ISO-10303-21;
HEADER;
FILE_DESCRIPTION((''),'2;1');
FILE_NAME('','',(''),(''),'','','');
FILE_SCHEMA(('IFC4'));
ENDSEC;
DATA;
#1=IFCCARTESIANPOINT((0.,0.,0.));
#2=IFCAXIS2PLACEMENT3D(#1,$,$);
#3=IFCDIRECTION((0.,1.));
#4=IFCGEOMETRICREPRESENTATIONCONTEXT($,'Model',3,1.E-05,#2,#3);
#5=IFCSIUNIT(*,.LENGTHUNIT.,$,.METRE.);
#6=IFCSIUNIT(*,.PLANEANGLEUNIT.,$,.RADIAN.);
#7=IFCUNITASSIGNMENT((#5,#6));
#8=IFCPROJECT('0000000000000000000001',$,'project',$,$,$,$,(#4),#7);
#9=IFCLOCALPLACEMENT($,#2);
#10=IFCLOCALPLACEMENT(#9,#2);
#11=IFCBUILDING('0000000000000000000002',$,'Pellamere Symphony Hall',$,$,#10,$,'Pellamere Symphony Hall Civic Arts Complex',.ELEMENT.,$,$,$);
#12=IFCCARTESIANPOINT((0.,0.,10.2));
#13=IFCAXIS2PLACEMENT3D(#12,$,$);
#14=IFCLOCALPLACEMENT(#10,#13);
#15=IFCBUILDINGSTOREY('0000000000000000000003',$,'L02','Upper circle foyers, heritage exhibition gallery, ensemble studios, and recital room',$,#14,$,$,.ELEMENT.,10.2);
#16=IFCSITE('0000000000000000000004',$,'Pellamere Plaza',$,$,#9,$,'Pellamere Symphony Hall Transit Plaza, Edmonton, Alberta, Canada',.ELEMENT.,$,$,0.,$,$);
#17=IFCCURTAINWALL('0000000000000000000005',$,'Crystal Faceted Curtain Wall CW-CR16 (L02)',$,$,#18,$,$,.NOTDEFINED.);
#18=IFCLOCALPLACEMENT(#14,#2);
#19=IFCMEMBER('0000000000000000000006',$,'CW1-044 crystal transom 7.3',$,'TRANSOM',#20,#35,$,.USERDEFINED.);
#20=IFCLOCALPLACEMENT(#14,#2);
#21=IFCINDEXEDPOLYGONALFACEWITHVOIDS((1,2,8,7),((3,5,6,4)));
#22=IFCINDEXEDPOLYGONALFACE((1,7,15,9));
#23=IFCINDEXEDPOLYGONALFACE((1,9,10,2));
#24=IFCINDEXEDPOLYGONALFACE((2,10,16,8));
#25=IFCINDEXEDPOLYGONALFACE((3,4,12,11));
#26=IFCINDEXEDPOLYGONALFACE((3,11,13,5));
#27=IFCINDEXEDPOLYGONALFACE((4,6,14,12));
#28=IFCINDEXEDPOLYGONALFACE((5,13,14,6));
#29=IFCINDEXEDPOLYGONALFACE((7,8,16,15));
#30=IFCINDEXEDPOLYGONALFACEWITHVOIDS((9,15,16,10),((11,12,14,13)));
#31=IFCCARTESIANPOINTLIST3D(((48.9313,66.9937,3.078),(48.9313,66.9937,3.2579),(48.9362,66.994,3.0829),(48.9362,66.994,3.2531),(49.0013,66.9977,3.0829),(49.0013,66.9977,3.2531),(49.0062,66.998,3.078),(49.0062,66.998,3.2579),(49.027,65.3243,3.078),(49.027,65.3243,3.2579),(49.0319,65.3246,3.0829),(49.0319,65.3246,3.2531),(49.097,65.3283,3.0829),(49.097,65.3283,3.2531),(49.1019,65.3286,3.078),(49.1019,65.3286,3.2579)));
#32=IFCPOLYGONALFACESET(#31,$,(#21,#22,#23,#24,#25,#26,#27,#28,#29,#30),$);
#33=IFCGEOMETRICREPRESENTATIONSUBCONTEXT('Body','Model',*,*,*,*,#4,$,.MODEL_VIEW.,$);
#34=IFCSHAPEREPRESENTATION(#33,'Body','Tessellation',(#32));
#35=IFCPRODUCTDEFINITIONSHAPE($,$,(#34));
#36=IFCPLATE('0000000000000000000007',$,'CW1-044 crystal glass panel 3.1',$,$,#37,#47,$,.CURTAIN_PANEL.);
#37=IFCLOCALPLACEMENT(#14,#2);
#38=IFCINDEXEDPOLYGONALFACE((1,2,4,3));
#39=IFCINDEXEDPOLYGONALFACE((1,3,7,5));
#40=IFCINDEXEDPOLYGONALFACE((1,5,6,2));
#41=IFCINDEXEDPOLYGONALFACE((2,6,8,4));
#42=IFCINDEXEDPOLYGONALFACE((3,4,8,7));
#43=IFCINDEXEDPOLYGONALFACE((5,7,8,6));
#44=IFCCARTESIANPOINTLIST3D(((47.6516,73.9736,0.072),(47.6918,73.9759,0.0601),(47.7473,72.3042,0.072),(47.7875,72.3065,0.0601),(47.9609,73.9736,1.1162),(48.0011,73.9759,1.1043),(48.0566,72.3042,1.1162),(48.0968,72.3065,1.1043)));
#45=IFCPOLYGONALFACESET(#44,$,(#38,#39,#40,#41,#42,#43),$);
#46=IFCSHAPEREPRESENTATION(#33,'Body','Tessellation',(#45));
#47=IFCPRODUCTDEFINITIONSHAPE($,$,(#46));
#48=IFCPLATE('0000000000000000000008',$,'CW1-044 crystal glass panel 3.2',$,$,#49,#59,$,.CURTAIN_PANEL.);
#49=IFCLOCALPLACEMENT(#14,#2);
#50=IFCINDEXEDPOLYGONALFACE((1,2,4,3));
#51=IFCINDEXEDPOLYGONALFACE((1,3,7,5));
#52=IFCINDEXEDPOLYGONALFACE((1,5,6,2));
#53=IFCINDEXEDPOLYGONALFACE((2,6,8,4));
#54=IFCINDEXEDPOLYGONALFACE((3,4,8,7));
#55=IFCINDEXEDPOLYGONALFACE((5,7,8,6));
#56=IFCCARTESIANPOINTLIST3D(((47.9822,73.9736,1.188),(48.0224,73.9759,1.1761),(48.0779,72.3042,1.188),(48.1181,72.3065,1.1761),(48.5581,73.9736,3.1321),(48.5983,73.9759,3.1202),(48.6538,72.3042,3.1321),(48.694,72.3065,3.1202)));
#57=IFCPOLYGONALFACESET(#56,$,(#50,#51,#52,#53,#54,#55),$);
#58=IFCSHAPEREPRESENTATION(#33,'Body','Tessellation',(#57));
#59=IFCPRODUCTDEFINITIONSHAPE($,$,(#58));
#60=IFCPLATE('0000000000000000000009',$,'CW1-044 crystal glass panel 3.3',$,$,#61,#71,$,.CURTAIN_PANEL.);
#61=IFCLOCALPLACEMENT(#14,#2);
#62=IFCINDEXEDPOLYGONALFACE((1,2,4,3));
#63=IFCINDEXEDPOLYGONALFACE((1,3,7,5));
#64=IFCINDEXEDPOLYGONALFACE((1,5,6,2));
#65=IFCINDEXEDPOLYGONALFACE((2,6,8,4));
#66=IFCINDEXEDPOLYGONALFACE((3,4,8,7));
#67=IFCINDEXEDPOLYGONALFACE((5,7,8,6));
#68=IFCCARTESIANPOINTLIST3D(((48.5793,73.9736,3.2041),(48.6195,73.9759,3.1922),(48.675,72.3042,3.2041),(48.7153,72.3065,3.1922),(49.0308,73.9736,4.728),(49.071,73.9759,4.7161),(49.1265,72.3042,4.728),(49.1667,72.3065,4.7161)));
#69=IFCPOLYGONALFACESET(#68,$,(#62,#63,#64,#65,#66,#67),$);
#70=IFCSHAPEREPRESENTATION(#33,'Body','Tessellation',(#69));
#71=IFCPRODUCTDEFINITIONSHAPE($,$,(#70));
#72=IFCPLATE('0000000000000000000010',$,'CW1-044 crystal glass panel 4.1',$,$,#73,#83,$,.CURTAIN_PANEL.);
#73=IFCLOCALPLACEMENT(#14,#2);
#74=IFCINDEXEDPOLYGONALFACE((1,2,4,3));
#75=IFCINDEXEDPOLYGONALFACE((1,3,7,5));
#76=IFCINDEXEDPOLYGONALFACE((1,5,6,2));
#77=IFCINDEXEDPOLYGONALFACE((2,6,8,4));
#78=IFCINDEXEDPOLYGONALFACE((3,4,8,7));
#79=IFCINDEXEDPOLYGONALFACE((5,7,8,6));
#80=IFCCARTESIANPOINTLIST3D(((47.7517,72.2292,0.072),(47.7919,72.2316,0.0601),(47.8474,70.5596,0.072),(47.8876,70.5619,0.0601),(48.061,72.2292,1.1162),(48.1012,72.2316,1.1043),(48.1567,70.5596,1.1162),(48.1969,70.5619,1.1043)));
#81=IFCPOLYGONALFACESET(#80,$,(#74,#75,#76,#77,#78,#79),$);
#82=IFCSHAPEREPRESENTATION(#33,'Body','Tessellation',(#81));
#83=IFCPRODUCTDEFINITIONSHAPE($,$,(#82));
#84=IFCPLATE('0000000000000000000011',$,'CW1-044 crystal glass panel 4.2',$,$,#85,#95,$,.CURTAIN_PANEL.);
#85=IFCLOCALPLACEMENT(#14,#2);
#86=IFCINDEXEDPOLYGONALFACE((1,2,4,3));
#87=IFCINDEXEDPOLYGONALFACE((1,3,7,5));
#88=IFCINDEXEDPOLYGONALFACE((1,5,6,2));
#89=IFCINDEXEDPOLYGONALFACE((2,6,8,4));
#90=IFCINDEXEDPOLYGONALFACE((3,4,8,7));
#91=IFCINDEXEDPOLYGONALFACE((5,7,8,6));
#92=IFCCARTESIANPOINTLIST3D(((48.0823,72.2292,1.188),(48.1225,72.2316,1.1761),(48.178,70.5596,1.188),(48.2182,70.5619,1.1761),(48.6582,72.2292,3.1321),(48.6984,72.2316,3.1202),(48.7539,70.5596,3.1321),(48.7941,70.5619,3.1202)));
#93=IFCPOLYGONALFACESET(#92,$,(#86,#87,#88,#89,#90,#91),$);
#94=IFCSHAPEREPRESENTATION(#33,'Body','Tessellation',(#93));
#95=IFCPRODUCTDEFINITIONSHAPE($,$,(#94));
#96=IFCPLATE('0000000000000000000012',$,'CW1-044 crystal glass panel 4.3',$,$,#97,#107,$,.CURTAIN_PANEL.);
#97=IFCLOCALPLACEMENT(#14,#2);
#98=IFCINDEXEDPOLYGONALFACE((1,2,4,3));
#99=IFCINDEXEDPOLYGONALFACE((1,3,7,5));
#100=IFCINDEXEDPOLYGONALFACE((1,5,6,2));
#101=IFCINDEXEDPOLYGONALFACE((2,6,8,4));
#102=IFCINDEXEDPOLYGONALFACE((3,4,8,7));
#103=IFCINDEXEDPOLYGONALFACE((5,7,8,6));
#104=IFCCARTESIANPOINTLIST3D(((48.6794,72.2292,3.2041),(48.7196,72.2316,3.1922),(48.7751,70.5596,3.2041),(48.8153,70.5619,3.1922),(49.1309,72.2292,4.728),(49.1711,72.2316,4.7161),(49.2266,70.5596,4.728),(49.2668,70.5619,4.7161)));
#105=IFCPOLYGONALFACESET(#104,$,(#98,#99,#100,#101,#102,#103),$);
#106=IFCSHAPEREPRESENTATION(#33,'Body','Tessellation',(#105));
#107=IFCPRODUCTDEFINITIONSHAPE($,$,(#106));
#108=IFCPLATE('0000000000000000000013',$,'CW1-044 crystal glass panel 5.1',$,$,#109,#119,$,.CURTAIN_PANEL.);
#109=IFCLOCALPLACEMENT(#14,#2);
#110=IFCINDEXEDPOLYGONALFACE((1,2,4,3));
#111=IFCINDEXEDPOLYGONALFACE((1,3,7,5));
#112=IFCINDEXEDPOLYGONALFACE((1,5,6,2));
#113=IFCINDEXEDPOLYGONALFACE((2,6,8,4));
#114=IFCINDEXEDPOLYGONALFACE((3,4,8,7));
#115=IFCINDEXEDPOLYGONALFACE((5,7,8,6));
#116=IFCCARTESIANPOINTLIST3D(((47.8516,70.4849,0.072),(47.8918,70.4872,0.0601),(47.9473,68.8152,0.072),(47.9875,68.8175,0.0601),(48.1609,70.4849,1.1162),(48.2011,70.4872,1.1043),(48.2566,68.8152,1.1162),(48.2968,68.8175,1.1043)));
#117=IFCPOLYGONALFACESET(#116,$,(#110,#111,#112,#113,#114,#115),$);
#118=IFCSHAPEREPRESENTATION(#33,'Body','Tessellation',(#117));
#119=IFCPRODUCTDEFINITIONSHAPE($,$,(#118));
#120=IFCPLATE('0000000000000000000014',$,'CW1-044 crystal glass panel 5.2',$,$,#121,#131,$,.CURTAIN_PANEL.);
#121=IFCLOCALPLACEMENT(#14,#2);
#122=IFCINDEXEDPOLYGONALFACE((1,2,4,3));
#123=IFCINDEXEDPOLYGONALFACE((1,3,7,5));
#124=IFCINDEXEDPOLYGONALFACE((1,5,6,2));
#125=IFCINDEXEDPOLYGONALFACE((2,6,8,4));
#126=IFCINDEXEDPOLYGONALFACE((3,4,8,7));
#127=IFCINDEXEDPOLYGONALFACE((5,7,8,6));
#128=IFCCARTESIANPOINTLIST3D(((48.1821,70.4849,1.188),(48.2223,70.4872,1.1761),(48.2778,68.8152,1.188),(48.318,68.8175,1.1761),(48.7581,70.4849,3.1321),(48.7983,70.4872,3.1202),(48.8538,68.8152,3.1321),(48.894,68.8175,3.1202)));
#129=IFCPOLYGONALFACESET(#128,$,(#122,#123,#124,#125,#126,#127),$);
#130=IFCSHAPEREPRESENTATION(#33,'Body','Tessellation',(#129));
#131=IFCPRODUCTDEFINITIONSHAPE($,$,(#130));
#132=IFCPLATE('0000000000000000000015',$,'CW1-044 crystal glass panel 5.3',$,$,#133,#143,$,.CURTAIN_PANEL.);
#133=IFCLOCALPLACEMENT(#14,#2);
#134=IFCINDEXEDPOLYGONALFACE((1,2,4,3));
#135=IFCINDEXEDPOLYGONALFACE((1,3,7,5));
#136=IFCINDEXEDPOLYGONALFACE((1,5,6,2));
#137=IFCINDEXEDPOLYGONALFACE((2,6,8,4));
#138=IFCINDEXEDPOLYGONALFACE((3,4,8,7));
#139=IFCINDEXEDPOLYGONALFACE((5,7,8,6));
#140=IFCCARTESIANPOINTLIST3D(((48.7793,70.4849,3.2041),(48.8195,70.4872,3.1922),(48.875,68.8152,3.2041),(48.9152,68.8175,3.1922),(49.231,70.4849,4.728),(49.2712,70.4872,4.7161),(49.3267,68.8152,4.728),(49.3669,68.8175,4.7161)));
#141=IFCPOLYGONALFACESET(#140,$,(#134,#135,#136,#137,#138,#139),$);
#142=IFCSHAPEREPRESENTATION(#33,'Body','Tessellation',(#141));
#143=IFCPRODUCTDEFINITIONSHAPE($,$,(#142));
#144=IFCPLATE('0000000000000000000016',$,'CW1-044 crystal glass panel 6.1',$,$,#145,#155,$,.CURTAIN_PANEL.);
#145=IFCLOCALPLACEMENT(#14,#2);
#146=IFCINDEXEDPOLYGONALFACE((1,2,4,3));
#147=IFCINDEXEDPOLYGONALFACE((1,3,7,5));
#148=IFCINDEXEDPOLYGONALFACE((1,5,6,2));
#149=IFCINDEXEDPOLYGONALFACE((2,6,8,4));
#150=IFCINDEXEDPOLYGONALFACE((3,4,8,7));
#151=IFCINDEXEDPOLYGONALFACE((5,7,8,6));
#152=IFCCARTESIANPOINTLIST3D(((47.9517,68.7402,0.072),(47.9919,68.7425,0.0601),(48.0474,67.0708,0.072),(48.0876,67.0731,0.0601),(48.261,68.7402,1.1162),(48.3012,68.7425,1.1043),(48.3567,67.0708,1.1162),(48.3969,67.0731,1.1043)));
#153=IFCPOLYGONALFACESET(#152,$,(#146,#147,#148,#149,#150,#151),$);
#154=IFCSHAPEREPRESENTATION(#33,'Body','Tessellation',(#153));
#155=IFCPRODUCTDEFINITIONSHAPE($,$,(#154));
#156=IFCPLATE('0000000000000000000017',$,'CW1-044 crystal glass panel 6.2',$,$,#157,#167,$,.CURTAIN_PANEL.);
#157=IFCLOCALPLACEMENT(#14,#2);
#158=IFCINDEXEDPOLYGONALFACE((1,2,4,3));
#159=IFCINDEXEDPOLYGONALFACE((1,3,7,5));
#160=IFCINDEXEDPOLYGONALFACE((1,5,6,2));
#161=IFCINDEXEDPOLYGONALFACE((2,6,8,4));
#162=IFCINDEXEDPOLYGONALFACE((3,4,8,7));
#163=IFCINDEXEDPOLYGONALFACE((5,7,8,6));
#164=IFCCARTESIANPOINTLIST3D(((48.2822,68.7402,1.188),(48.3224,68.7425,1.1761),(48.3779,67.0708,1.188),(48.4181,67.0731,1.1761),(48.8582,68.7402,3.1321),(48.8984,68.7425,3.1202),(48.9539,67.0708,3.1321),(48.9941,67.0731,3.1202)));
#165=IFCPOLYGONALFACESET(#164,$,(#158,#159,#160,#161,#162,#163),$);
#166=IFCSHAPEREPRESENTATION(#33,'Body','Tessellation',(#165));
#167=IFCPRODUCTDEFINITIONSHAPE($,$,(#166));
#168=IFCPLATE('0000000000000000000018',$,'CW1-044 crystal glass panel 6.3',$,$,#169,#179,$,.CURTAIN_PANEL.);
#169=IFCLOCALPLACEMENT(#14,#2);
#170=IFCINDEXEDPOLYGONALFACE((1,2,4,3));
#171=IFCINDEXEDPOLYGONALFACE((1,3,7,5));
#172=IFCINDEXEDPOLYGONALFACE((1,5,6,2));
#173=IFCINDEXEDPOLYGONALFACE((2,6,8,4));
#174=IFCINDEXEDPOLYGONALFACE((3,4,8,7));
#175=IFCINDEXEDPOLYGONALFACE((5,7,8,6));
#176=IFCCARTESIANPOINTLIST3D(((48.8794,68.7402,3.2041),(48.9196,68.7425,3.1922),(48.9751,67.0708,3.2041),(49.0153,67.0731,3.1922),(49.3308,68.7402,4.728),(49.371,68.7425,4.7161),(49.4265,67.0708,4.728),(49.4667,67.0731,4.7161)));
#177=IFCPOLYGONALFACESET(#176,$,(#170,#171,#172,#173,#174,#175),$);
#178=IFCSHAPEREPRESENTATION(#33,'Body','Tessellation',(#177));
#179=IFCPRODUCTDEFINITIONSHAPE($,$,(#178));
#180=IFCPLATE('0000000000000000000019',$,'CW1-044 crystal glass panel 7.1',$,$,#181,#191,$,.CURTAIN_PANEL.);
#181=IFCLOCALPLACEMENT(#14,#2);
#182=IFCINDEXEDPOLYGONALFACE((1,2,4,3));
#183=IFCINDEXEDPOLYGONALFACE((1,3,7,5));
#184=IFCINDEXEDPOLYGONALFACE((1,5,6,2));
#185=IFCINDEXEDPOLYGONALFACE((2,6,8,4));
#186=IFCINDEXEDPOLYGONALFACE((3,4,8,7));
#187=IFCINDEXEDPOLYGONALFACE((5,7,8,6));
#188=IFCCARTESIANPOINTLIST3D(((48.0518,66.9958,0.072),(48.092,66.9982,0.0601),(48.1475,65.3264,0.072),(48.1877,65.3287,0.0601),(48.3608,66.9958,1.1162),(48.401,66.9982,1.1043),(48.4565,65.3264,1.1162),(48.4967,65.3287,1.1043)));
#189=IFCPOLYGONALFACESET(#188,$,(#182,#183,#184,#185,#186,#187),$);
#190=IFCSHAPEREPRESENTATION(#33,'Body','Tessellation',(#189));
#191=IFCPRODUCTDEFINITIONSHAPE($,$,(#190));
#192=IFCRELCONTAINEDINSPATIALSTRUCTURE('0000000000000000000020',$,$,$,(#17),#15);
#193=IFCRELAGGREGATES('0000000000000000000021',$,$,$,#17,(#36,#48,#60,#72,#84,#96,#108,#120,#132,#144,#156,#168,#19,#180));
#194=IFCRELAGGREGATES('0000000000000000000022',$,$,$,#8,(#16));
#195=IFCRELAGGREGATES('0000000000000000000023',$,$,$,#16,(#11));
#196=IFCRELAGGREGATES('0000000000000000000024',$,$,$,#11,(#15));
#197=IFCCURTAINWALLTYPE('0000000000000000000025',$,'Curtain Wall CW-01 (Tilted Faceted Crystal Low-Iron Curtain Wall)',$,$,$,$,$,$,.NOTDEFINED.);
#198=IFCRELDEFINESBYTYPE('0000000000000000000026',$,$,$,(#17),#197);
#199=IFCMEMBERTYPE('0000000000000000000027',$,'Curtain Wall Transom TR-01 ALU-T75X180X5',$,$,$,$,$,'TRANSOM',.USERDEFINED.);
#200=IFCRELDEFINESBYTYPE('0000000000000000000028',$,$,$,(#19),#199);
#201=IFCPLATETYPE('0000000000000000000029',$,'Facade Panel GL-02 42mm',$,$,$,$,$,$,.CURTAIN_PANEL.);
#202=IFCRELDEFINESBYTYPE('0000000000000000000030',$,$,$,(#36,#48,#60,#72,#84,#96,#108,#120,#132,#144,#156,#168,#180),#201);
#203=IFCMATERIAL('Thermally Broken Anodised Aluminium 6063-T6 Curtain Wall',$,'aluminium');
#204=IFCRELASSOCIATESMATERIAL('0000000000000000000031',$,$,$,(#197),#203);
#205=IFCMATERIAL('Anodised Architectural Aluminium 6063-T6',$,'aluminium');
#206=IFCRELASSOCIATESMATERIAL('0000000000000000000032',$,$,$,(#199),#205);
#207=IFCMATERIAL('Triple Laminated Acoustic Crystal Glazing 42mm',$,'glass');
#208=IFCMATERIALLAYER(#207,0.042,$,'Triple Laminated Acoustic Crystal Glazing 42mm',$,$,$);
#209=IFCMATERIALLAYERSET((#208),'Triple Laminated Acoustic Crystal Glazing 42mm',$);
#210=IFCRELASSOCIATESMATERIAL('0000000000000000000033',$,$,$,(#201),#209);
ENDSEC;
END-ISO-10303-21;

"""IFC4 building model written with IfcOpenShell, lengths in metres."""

from ifc_helpers import new_model, si_unit, direction, frame, origin, origin_2d, place, context, subcontext, project, spatial, polyline, hollow_rectangle, outline, extrude, material, layer, layer_set, material_profile, profile_set, type_object, element, aggregate, save


model = new_model("IFC4")

# Units and contexts
model_context = context("Model", 3, precision=1e-05, world=origin(), true_north=direction((0.0, 1.0)))
body_context = subcontext(model_context, "Body", "Model", "MODEL_VIEW")
ifc_project = project(units=[si_unit("LENGTHUNIT", "METRE"), si_unit("PLANEANGLEUNIT", "RADIAN")], contexts=[model_context])

# Site, building, storey
site_placement = place(None, origin())
site = spatial("IfcSite", under=ifc_project, at=site_placement, Name="Pellamere Plaza", LongName="Pellamere Symphony Hall Transit Plaza, Edmonton, Alberta, Canada", CompositionType="ELEMENT", RefElevation=0.0)
building_placement = place(site_placement, origin())
building = spatial("IfcBuilding", under=site, at=building_placement, Name="Pellamere Symphony Hall", LongName="Pellamere Symphony Hall Civic Arts Complex", CompositionType="ELEMENT")
storey_placement = place(building_placement, frame((0.0, 0.0, 10.2)))
storey = spatial("IfcBuildingStorey", under=building, at=storey_placement, Name="L02", Description="Upper circle foyers, heritage exhibition gallery, ensemble studios, and recital room", CompositionType="ELEMENT", Elevation=10.2)

# Curtain wall, member, plates
ifc_material_1 = material(Name="Thermally Broken Anodised Aluminium 6063-T6 Curtain Wall", Category="aluminium")
curtain_wall_type = type_object("IfcCurtainWallType", Name="Curtain Wall CW-01 (Tilted Faceted Crystal Low-Iron Curtain Wall)", PredefinedType="NOTDEFINED", material=ifc_material_1)
curtain_wall_placement = place(storey_placement, origin())
curtain_wall = element("IfcCurtainWall", 1, at=curtain_wall_placement, inside=storey, type_object=curtain_wall_type, Name="Crystal Faceted Curtain Wall CW-CR16 (L02)", PredefinedType="NOTDEFINED")
ifc_material_2 = material(Name="Anodised Architectural Aluminium 6063-T6", Category="aluminium")
ifc_material_profile_1 = material_profile(ifc_material_2, hollow_rectangle(XDim=0.075, YDim=0.1799, WallThickness=0.0049, at=origin_2d()), Name="ALU-T75X180X5")
ifc_profile_set_1 = profile_set([ifc_material_profile_1], Name="Anodised Architectural Aluminium 6063-T6")
member_type_1 = type_object("IfcMemberType", Name="Curtain Wall Transom TR-01 ALU-T75X180X5", ElementType="TRANSOM", PredefinedType="USERDEFINED", material=ifc_profile_set_1)
member_1_placement = place(storey_placement, frame((48.9688, 66.9958, 3.168), z_axis=(0.057233, -0.998361, 0.0), x_axis=(0.998361, 0.057233, 0.0)))
member_1 = element("IfcMember", 2, at=member_1_placement, type_object=member_type_1, Name="CW1-044 crystal transom 7.3", ObjectType="TRANSOM", PredefinedType="USERDEFINED", context=body_context, shape_type="SweptSolid", body=[
    extrude(hollow_rectangle(XDim=0.075, YDim=0.1799, WallThickness=0.0049, at=origin_2d()), origin(), (0.0, 0.0, 1.0), 1.6721),
])
ifc_material_3 = material(Name="Triple Laminated Acoustic Crystal Glazing 42mm", Category="glass")
ifc_layer = layer(ifc_material_3, 0.042, Name="Triple Laminated Acoustic Crystal Glazing 42mm")
ifc_layer_set = layer_set([ifc_layer], Name="Triple Laminated Acoustic Crystal Glazing 42mm")
plate_type = type_object("IfcPlateType", Name="Facade Panel GL-02 42mm", PredefinedType="CURTAIN_PANEL", material=ifc_layer_set)
plate_1_placement = place(storey_placement, frame((47.6516, 73.9736, 0.072), z_axis=(-0.957369, -0.054883, 0.283607), x_axis=(0.057233, -0.998361, 0.0)))
plate_1 = element("IfcPlate", 3, at=plate_1_placement, type_object=plate_type, Name="CW1-044 crystal glass panel 3.1", PredefinedType="CURTAIN_PANEL", context=body_context, shape_type="SweptSolid", body=[
    extrude(outline(polyline([(0.0, 0.0), (1.6722, 0.0), (1.6899, 1.0889), (0.0177, 1.0889), (0.0, 0.0)])), origin(), (0.0, 0.0, -1.0), 0.042),
])
plate_2_placement = place(storey_placement, frame((47.9822, 73.9736, 1.188), z_axis=(-0.957366, -0.054883, 0.283615), x_axis=(0.057233, -0.998361, 0.0)))
plate_2 = element("IfcPlate", 4, at=plate_2_placement, type_object=plate_type, Name="CW1-044 crystal glass panel 3.2", PredefinedType="CURTAIN_PANEL", context=body_context, shape_type="SweptSolid", body=[
    extrude(outline(polyline([(0.0, 0.0), (1.6722, 0.0), (1.7051, 2.0273), (0.033, 2.0273), (0.0, 0.0)])), origin(), (0.0, 0.0, -1.0), 0.042),
])
plate_3_placement = place(storey_placement, frame((48.5793, 73.9736, 3.2041), z_axis=(-0.957373, -0.054883, 0.283592), x_axis=(0.057233, -0.998361, 0.0)))
plate_3 = element("IfcPlate", 5, at=plate_3_placement, type_object=plate_type, Name="CW1-044 crystal glass panel 3.3", PredefinedType="CURTAIN_PANEL", context=body_context, shape_type="SweptSolid", body=[
    extrude(outline(polyline([(0.0, 0.0), (1.6722, 0.0), (1.698, 1.5892), (0.0258, 1.5892), (0.0, 0.0)])), origin(), (0.0, 0.0, -1.0), 0.042),
])
plate_4_placement = place(storey_placement, frame((47.7517, 72.2292, 0.072), z_axis=(-0.957369, -0.054875, 0.283607), x_axis=(0.057224, -0.998361, 0.0)))
plate_4 = element("IfcPlate", 6, at=plate_4_placement, type_object=plate_type, Name="CW1-044 crystal glass panel 4.1", PredefinedType="CURTAIN_PANEL", context=body_context, shape_type="SweptSolid", body=[
    extrude(outline(polyline([(0.0, 0.0), (1.6724, 0.0), (1.6901, 1.0889), (0.0177, 1.0889), (0.0, 0.0)])), origin(), (0.0, 0.0, -1.0), 0.042),
])
plate_5_placement = place(storey_placement, frame((48.0823, 72.2292, 1.188), z_axis=(-0.957367, -0.054875, 0.283615), x_axis=(0.057224, -0.998361, 0.0)))
plate_5 = element("IfcPlate", 7, at=plate_5_placement, type_object=plate_type, Name="CW1-044 crystal glass panel 4.2", PredefinedType="CURTAIN_PANEL", context=body_context, shape_type="SweptSolid", body=[
    extrude(outline(polyline([(0.0, 0.0), (1.6724, 0.0), (1.7054, 2.0273), (0.033, 2.0273), (0.0, 0.0)])), origin(), (0.0, 0.0, -1.0), 0.042),
])
plate_6_placement = place(storey_placement, frame((48.6794, 72.2292, 3.2041), z_axis=(-0.957374, -0.054875, 0.283592), x_axis=(0.057224, -0.998361, 0.0)))
plate_6 = element("IfcPlate", 8, at=plate_6_placement, type_object=plate_type, Name="CW1-044 crystal glass panel 4.3", PredefinedType="CURTAIN_PANEL", context=body_context, shape_type="SweptSolid", body=[
    extrude(outline(polyline([(0.0, 0.0), (1.6724, 0.0), (1.6983, 1.5892), (0.0258, 1.5892), (0.0, 0.0)])), origin(), (0.0, 0.0, -1.0), 0.042),
])
plate_7_placement = place(storey_placement, frame((47.8516, 70.4849, 0.072), z_axis=(-0.957369, -0.054875, 0.283607), x_axis=(0.057224, -0.998361, 0.0)))
plate_7 = element("IfcPlate", 9, at=plate_7_placement, type_object=plate_type, Name="CW1-044 crystal glass panel 5.1", PredefinedType="CURTAIN_PANEL", context=body_context, shape_type="SweptSolid", body=[
    extrude(outline(polyline([(0.0, 0.0), (1.6724, 0.0), (1.6901, 1.0889), (0.0177, 1.0889), (0.0, 0.0)])), origin(), (0.0, 0.0, -1.0), 0.042),
])
plate_8_placement = place(storey_placement, frame((48.1821, 70.4849, 1.188), z_axis=(-0.957367, -0.054875, 0.283615), x_axis=(0.057224, -0.998361, 0.0)))
plate_8 = element("IfcPlate", 10, at=plate_8_placement, type_object=plate_type, Name="CW1-044 crystal glass panel 5.2", PredefinedType="CURTAIN_PANEL", context=body_context, shape_type="SweptSolid", body=[
    extrude(outline(polyline([(0.0, 0.0), (1.6724, 0.0), (1.7054, 2.0273), (0.033, 2.0273), (0.0, 0.0)])), origin(), (0.0, 0.0, -1.0), 0.042),
])
plate_9_placement = place(storey_placement, frame((48.7793, 70.4849, 3.2041), z_axis=(-0.957332, -0.054873, 0.283733), x_axis=(0.057224, -0.998361, 0.0)))
plate_9 = element("IfcPlate", 11, at=plate_9_placement, type_object=plate_type, Name="CW1-044 crystal glass panel 5.3", PredefinedType="CURTAIN_PANEL", context=body_context, shape_type="SweptSolid", body=[
    extrude(outline(polyline([(0.0, 0.0), (1.6724, 0.0), (1.6983, 1.5892), (0.0258, 1.5892), (0.0, 0.0)])), origin(), (0.0, 0.0, -1.0), 0.042),
])
plate_10_placement = place(storey_placement, frame((47.9517, 68.7402, 0.072), z_axis=(-0.957369, -0.054883, 0.283607), x_axis=(0.057233, -0.998361, 0.0)))
plate_10 = element("IfcPlate", 12, at=plate_10_placement, type_object=plate_type, Name="CW1-044 crystal glass panel 6.1", PredefinedType="CURTAIN_PANEL", context=body_context, shape_type="SweptSolid", body=[
    extrude(outline(polyline([(0.0, 0.0), (1.6722, 0.0), (1.6899, 1.0889), (0.0177, 1.0889), (0.0, 0.0)])), origin(), (0.0, 0.0, -1.0), 0.042),
])
plate_11_placement = place(storey_placement, frame((48.2822, 68.7402, 1.188), z_axis=(-0.957366, -0.054883, 0.283615), x_axis=(0.057233, -0.998361, 0.0)))
plate_11 = element("IfcPlate", 13, at=plate_11_placement, type_object=plate_type, Name="CW1-044 crystal glass panel 6.2", PredefinedType="CURTAIN_PANEL", context=body_context, shape_type="SweptSolid", body=[
    extrude(outline(polyline([(0.0, 0.0), (1.6722, 0.0), (1.7051, 2.0273), (0.033, 2.0273), (0.0, 0.0)])), origin(), (0.0, 0.0, -1.0), 0.042),
])
plate_12_placement = place(storey_placement, frame((48.8794, 68.7402, 3.2041), z_axis=(-0.957373, -0.054883, 0.283592), x_axis=(0.057233, -0.998361, 0.0)))
plate_12 = element("IfcPlate", 14, at=plate_12_placement, type_object=plate_type, Name="CW1-044 crystal glass panel 6.3", PredefinedType="CURTAIN_PANEL", context=body_context, shape_type="SweptSolid", body=[
    extrude(outline(polyline([(0.0, 0.0), (1.6722, 0.0), (1.698, 1.5892), (0.0258, 1.5892), (0.0, 0.0)])), origin(), (0.0, 0.0, -1.0), 0.042),
])
plate_13_placement = place(storey_placement, frame((48.0518, 66.9958, 0.072), z_axis=(-0.95743, -0.054886, 0.283401), x_axis=(0.057233, -0.998361, 0.0)))
plate_13 = element("IfcPlate", 15, at=plate_13_placement, type_object=plate_type, Name="CW1-044 crystal glass panel 7.1", PredefinedType="CURTAIN_PANEL", context=body_context, shape_type="SweptSolid", body=[
    extrude(outline(polyline([(0.0, 0.0), (1.6722, 0.0), (1.6899, 1.0888), (0.0177, 1.0888), (0.0, 0.0)])), origin(), (0.0, 0.0, -1.0), 0.042),
])
aggregate(curtain_wall, [plate_1, plate_2, plate_3, plate_4, plate_5, plate_6, plate_7, plate_8, plate_9, plate_10, plate_11, plate_12, member_1, plate_13])

save(model, "model.ifc")
